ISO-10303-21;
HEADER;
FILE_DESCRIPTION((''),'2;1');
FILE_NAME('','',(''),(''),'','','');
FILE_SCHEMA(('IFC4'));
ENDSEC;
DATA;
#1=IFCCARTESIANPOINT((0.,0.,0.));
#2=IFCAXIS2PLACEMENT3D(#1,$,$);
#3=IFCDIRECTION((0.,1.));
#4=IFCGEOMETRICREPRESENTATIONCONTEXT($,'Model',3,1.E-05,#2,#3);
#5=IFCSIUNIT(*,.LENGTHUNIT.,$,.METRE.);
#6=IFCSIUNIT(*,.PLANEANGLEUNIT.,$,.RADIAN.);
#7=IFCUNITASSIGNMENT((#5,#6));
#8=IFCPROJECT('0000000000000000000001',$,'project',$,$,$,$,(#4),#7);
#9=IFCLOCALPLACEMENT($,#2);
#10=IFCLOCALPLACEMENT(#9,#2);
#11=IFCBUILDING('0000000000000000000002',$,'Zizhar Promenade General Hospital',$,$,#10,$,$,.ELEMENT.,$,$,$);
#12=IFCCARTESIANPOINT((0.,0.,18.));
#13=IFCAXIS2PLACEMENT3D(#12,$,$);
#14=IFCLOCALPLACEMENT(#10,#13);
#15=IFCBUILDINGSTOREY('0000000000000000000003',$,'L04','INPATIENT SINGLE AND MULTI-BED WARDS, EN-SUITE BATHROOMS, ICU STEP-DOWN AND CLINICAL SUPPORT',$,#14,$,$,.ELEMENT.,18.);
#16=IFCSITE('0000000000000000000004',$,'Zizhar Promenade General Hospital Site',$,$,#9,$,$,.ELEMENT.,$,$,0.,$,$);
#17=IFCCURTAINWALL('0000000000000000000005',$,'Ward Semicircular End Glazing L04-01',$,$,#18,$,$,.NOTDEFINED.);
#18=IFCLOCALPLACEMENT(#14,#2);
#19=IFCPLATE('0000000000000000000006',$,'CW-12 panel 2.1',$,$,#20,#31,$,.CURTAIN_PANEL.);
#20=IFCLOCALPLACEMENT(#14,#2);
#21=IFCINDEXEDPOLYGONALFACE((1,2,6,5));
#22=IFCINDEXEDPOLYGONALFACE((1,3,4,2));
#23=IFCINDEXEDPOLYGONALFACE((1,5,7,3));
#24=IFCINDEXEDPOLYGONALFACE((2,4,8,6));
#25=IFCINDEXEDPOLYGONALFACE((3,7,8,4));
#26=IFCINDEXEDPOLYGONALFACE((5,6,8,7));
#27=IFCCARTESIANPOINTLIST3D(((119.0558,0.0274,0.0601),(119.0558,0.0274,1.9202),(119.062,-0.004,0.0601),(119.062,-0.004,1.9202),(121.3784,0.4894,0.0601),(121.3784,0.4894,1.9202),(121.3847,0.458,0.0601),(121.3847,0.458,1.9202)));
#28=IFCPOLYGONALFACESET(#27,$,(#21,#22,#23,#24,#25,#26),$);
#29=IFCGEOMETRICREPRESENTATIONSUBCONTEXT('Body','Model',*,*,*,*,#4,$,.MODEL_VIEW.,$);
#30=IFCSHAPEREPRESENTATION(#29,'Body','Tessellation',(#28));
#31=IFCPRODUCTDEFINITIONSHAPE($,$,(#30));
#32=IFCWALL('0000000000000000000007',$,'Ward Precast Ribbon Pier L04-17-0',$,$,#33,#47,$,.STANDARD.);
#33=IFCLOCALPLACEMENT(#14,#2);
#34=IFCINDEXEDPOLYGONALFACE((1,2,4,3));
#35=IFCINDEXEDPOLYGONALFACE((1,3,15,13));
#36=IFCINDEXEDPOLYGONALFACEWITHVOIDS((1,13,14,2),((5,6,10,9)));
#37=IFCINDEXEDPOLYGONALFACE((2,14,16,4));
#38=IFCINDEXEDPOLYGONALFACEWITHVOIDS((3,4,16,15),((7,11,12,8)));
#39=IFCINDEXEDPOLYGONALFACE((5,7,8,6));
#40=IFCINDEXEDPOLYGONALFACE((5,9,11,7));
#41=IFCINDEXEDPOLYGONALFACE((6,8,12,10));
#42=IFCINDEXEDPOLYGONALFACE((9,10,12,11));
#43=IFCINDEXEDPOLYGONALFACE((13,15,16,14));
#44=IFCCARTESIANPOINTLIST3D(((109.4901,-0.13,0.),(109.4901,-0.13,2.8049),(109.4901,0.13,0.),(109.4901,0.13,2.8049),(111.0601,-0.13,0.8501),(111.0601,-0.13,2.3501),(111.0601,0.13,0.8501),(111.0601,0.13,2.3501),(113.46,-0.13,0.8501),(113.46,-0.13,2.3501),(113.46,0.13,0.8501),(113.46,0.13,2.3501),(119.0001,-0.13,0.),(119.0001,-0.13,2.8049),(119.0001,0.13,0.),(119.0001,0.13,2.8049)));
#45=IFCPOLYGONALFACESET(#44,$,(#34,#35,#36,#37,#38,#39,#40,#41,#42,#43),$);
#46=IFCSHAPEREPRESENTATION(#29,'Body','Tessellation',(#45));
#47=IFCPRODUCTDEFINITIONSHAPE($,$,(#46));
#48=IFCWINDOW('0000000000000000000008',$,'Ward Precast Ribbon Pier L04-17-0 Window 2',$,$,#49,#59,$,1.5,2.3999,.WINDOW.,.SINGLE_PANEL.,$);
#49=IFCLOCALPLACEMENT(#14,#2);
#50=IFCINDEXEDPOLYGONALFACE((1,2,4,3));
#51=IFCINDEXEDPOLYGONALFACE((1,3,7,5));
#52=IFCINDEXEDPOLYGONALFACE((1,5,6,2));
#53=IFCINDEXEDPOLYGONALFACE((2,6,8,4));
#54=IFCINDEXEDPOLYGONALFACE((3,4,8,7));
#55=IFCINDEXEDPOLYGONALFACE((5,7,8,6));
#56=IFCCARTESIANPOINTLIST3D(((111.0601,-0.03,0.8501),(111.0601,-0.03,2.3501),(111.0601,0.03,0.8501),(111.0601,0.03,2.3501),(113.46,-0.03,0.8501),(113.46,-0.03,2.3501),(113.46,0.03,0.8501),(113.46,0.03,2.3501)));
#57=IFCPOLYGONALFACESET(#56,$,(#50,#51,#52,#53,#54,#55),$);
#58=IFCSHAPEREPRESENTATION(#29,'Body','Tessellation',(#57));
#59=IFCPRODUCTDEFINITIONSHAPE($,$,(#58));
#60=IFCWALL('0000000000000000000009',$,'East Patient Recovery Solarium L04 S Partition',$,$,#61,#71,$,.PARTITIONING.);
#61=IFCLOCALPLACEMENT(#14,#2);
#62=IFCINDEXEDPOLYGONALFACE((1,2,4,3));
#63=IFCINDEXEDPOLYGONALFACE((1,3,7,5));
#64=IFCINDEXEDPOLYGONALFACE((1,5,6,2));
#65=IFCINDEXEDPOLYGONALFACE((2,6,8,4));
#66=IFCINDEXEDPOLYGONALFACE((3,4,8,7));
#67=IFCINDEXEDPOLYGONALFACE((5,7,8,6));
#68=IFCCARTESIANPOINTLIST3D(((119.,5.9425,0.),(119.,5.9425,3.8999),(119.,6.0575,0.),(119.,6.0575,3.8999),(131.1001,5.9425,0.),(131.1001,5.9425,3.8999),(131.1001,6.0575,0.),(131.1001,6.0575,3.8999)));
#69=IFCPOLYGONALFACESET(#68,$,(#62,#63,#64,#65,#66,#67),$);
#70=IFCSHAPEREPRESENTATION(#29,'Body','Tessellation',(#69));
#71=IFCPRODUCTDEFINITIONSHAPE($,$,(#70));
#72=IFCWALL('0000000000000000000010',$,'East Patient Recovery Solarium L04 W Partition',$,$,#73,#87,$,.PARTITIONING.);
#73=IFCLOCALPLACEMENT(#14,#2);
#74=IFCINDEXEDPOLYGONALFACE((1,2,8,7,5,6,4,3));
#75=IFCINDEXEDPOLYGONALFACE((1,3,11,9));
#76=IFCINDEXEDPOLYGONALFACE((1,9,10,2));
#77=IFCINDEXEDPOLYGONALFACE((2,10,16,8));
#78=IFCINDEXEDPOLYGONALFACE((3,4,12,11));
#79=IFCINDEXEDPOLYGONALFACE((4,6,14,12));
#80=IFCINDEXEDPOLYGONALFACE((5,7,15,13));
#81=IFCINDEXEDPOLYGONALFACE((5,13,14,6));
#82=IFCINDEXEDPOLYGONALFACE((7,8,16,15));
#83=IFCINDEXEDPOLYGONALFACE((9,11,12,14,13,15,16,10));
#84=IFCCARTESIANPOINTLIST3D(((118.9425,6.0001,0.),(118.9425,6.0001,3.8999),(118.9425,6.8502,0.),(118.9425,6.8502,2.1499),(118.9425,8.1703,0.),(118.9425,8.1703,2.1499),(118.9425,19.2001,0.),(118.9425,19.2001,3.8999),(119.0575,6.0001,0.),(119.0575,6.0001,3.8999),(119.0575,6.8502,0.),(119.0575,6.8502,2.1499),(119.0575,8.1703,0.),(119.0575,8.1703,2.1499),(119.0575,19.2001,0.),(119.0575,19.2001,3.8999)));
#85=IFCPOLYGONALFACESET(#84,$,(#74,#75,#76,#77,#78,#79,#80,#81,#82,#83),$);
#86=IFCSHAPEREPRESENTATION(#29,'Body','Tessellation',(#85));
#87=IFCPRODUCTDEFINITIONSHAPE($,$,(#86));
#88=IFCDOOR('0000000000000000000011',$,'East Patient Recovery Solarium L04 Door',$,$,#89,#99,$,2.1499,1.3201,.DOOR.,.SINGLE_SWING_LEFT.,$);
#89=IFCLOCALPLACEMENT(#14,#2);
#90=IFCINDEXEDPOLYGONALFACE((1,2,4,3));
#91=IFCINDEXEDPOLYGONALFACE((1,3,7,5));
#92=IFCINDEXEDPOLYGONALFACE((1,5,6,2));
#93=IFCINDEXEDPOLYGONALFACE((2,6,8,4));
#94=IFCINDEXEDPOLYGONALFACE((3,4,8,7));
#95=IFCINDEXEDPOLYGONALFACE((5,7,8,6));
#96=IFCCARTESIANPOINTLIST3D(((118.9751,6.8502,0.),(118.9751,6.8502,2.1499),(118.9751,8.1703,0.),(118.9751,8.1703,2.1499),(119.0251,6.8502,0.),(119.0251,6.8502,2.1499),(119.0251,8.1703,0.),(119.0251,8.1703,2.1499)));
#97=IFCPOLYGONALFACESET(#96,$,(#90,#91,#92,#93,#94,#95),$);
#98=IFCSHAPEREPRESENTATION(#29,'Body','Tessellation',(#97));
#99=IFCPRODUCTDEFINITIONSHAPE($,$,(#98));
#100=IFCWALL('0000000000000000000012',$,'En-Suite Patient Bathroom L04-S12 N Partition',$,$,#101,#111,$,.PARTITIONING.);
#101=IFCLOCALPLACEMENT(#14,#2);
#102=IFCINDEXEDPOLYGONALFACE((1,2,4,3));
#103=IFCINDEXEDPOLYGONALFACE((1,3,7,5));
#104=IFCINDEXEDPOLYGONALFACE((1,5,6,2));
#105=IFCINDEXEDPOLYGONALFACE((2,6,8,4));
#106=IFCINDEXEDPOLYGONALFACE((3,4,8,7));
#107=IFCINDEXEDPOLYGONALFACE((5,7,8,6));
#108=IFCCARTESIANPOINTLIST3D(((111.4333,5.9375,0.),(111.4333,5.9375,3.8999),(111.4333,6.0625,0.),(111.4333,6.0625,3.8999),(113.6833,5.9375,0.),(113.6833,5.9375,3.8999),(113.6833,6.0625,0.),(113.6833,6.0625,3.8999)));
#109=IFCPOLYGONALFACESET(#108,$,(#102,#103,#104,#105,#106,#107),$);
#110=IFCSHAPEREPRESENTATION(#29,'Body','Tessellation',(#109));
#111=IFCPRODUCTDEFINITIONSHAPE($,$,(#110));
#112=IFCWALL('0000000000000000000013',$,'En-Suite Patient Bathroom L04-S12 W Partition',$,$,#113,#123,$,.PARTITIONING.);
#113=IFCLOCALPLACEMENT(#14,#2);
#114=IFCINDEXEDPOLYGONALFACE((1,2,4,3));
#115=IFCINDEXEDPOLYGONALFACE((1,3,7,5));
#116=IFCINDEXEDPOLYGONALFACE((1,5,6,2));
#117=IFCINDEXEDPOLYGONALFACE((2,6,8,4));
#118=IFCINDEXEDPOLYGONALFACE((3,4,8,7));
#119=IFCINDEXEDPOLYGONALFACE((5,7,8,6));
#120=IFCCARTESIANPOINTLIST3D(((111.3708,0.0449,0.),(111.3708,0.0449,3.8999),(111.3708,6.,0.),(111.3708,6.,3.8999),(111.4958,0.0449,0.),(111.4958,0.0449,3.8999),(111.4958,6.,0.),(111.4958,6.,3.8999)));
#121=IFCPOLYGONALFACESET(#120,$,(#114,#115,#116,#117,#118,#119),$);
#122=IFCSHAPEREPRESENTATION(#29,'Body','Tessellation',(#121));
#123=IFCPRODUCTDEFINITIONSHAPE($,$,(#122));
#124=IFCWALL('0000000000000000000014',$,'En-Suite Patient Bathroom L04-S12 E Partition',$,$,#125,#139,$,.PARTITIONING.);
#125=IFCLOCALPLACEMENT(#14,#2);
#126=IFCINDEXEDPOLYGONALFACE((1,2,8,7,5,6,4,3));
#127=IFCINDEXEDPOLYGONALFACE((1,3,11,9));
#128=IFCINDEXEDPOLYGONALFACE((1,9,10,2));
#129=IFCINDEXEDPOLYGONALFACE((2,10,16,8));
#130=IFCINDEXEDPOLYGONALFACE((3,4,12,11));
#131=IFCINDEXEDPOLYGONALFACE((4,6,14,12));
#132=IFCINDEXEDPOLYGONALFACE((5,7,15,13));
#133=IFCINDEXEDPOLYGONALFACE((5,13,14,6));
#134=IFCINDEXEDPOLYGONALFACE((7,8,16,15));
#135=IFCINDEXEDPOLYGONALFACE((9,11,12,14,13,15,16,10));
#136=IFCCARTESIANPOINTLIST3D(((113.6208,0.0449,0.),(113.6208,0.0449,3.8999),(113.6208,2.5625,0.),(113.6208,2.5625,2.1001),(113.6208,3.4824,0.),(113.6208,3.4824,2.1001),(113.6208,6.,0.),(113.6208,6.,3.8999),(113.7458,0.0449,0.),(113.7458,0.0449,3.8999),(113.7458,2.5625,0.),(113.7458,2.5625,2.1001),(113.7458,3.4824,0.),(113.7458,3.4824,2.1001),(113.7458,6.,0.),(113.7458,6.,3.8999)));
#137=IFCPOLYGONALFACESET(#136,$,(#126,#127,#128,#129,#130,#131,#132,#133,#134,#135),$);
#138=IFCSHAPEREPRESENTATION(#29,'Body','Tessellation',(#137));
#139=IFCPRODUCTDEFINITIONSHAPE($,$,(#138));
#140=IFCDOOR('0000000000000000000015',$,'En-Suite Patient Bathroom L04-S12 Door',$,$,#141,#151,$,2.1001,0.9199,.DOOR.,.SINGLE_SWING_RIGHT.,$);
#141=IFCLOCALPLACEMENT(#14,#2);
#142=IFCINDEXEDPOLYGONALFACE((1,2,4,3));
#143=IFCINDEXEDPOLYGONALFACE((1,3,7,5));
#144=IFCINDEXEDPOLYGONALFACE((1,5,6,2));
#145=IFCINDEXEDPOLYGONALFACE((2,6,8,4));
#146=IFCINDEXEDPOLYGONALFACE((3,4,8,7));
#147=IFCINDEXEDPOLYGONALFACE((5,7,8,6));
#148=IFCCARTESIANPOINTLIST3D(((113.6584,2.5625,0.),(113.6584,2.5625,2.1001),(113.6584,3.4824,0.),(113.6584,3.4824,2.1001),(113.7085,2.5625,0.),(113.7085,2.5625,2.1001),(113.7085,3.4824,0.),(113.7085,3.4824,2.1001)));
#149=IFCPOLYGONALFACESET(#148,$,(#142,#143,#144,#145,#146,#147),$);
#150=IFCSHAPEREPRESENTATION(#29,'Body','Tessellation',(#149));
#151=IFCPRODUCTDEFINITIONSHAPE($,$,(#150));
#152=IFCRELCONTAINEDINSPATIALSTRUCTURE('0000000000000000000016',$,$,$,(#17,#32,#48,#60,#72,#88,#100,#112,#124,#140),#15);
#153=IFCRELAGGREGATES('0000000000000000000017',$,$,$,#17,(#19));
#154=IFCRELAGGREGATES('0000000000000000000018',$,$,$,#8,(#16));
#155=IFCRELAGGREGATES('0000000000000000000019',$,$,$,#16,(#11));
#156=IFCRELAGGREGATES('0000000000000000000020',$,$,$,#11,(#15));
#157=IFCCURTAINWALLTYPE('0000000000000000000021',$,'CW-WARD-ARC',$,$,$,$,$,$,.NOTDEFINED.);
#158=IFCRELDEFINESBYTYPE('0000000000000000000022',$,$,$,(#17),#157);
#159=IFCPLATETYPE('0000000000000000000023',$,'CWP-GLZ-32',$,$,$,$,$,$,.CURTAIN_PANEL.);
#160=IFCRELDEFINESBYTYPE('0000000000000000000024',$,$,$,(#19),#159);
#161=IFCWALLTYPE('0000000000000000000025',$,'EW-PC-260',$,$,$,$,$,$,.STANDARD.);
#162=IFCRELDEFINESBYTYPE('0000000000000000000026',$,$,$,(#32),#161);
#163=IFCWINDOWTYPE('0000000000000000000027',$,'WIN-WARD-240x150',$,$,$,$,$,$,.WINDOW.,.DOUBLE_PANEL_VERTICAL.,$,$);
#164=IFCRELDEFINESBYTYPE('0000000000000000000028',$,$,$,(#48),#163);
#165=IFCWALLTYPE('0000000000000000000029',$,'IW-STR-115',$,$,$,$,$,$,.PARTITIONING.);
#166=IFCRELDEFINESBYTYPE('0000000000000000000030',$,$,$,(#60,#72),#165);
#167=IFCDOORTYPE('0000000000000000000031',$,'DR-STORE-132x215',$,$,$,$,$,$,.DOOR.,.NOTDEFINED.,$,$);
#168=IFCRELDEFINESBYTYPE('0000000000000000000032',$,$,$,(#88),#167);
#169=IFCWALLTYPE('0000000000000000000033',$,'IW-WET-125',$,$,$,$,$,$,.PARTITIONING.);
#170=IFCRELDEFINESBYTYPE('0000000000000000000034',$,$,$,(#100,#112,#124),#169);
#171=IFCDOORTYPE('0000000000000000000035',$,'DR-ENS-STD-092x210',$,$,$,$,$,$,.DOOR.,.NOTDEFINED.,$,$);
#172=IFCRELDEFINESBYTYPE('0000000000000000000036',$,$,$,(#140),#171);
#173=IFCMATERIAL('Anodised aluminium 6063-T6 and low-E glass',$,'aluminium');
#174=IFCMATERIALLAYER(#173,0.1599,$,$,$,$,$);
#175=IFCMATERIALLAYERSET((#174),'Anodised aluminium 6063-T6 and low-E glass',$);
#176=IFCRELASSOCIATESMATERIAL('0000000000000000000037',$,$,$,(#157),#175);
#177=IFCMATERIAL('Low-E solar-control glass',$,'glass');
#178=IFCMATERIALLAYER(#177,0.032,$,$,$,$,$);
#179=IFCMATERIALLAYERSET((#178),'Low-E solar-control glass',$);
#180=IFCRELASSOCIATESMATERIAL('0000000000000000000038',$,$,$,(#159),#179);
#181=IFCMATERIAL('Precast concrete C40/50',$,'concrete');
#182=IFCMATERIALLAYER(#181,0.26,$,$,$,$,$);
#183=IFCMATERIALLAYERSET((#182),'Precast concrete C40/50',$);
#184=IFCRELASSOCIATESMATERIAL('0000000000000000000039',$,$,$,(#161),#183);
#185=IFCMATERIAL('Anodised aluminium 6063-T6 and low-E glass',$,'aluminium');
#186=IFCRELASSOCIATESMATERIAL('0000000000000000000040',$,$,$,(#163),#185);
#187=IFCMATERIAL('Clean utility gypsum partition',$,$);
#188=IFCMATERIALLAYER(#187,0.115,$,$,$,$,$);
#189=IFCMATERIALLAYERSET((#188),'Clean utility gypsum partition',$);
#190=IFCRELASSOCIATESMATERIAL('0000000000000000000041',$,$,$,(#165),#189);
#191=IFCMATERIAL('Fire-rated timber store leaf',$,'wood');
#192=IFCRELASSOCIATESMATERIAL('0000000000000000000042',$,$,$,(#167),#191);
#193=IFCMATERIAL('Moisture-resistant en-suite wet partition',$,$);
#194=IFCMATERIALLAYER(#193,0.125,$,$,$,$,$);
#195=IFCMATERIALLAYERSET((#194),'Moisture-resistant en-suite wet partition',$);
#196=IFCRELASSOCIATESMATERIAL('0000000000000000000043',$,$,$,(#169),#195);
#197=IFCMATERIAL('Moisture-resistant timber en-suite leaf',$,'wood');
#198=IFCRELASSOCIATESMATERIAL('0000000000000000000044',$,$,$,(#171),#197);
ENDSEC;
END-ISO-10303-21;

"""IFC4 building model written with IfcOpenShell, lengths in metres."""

from ifc_helpers import new_model, si_unit, direction, frame, frame_2d, origin, origin_2d, place, context, subcontext, project, spatial, rectangle, extrude, material, layer, layer_set, type_object, element, fill, aggregate, save


model = new_model("IFC4")

# Units and contexts
model_context = context("Model", 3, precision=1e-05, world=origin(), true_north=direction((0.0, 1.0)))
body_context = subcontext(model_context, "Body", "Model", "MODEL_VIEW")
ifc_project = project(units=[si_unit("LENGTHUNIT", "METRE"), si_unit("PLANEANGLEUNIT", "RADIAN")], contexts=[model_context])

# Site, building, storey
site_placement = place(None, origin())
site = spatial("IfcSite", under=ifc_project, at=site_placement, Name="Zizhar Promenade General Hospital Site", CompositionType="ELEMENT", RefElevation=0.0)
building_placement = place(site_placement, origin())
building = spatial("IfcBuilding", under=site, at=building_placement, Name="Zizhar Promenade General Hospital", CompositionType="ELEMENT")
storey_placement = place(building_placement, frame((0.0, 0.0, 18.0)))
storey = spatial("IfcBuildingStorey", under=building, at=storey_placement, Name="L04", Description="INPATIENT SINGLE AND MULTI-BED WARDS, EN-SUITE BATHROOMS, ICU STEP-DOWN AND CLINICAL SUPPORT", CompositionType="ELEMENT", Elevation=18.0)

# Curtain wall, plate
ifc_material_1 = material(Name="Anodised aluminium 6063-T6 and low-E glass", Category="aluminium")
ifc_layer_1 = layer(ifc_material_1, 0.1599)
ifc_layer_set_1 = layer_set([ifc_layer_1], Name="Anodised aluminium 6063-T6 and low-E glass")
curtain_wall_type = type_object("IfcCurtainWallType", Name="CW-WARD-ARC", PredefinedType="NOTDEFINED", material=ifc_layer_set_1)
curtain_wall_placement = place(storey_placement, origin())
curtain_wall = element("IfcCurtainWall", 1, at=curtain_wall_placement, inside=storey, type_object=curtain_wall_type, Name="Ward Semicircular End Glazing L04-01", PredefinedType="NOTDEFINED")
ifc_material_2 = material(Name="Low-E solar-control glass", Category="glass")
ifc_layer_2 = layer(ifc_material_2, 0.032)
ifc_layer_set_2 = layer_set([ifc_layer_2], Name="Low-E solar-control glass")
plate_type = type_object("IfcPlateType", Name="CWP-GLZ-32", PredefinedType="CURTAIN_PANEL", material=ifc_layer_set_2)
plate_placement = place(storey_placement, frame((120.2202, 0.2427, 0.0601), z_axis=(0.0, 0.0, 1.0), x_axis=(-0.980786, -0.195087, 0.0)))
plate = element("IfcPlate", 2, at=plate_placement, type_object=plate_type, Name="CW-12 panel 2.1", PredefinedType="CURTAIN_PANEL", context=body_context, shape_type="SweptSolid", body=[
    extrude(rectangle(XDim=2.3682, YDim=0.032, at=origin_2d()), origin(), (0.0, 0.0, 1.0), 1.8601),
])
aggregate(curtain_wall, [plate])

# Wall, opening, window
ifc_material_3 = material(Name="Precast concrete C40/50", Category="concrete")
ifc_layer_3 = layer(ifc_material_3, 0.26)
ifc_layer_set_3 = layer_set([ifc_layer_3], Name="Precast concrete C40/50")
wall_type_1 = type_object("IfcWallType", Name="EW-PC-260", PredefinedType="STANDARD", material=ifc_layer_set_3)
wall_1_placement = place(storey_placement, frame((119.0, 0.0, 0.0), z_axis=(0.0, 0.0, 1.0), x_axis=(-1.0, 0.0, 0.0)))
wall_1 = element("IfcWall", 3, at=wall_1_placement, inside=storey, type_object=wall_type_1, Name="Ward Precast Ribbon Pier L04-17-0", PredefinedType="STANDARD", context=body_context, shape_type="SweptSolid", body=[
    extrude(rectangle(XDim=9.51, YDim=0.26, at=frame_2d((4.7549, 0.0))), origin(), (0.0, 0.0, 1.0), 2.8049),
])
opening_1_placement = place(wall_1_placement, frame((5.54, 0.0, 0.8501)))
opening_1 = element("IfcOpeningElement", 4, at=opening_1_placement, cuts=wall_1, PredefinedType="OPENING", context=body_context, shape_type="SweptSolid", body=[
    extrude(rectangle(XDim=2.3999, YDim=1.5, at=frame_2d((1.2, 0.75))), frame((0.0, 0.1401, 0.0), z_axis=(0.0, -1.0, 0.0), x_axis=(1.0, 0.0, 0.0)), (0.0, 0.0, 1.0), 0.28),
])
ifc_material_4 = material(Name="Anodised aluminium 6063-T6 and low-E glass", Category="aluminium")
window_type = type_object("IfcWindowType", Name="WIN-WARD-240x150", PartitioningType="DOUBLE_PANEL_VERTICAL", PredefinedType="WINDOW", material=ifc_material_4)
window_placement = place(opening_1_placement, origin())
window = element("IfcWindow", 5, at=window_placement, inside=storey, type_object=window_type, Name="Ward Precast Ribbon Pier L04-17-0 Window 2", OverallHeight=1.5, OverallWidth=2.3999, PartitioningType="SINGLE_PANEL", PredefinedType="WINDOW", context=body_context, shape_type="SweptSolid", body=[
    extrude(rectangle(XDim=2.3999, YDim=1.5, at=frame_2d((1.2, 0.75))), frame((0.0, 0.03, 0.0), z_axis=(0.0, -1.0, 0.0), x_axis=(1.0, 0.0, 0.0)), (0.0, 0.0, 1.0), 0.0601),
])
fill(opening_1, window)

# Wall
ifc_material_5 = material(Name="Clean utility gypsum partition")
ifc_layer_4 = layer(ifc_material_5, 0.115)
ifc_layer_set_4 = layer_set([ifc_layer_4], Name="Clean utility gypsum partition")
wall_type_2 = type_object("IfcWallType", Name="IW-STR-115", PredefinedType="PARTITIONING", material=ifc_layer_set_4)
wall_2_placement = place(storey_placement, frame((119.0, 6.0, 0.0), z_axis=(0.0, 0.0, 1.0), x_axis=(1.0, 0.0, 0.0)))
element("IfcWall", 6, at=wall_2_placement, inside=storey, type_object=wall_type_2, Name="East Patient Recovery Solarium L04 S Partition", PredefinedType="PARTITIONING", context=body_context, shape_type="SweptSolid", body=[
    extrude(rectangle(XDim=12.1001, YDim=0.115, at=frame_2d((6.05, 0.0))), origin(), (0.0, 0.0, 1.0), 3.8999),
])

# Wall, opening, door
wall_3_placement = place(storey_placement, frame((119.0, 6.0, 0.0), z_axis=(0.0, 0.0, 1.0), x_axis=(0.0, 1.0, 0.0)))
wall_3 = element("IfcWall", 7, at=wall_3_placement, inside=storey, type_object=wall_type_2, Name="East Patient Recovery Solarium L04 W Partition", PredefinedType="PARTITIONING", context=body_context, shape_type="SweptSolid", body=[
    extrude(rectangle(XDim=13.2, YDim=0.115, at=frame_2d((6.6001, 0.0))), origin(), (0.0, 0.0, 1.0), 3.8999),
])
opening_2_placement = place(wall_3_placement, frame((0.8501, 0.0, 0.0)))
opening_2 = element("IfcOpeningElement", 8, at=opening_2_placement, cuts=wall_3, PredefinedType="OPENING", context=body_context, shape_type="SweptSolid", body=[
    extrude(rectangle(XDim=1.3201, YDim=2.1499, at=frame_2d((0.6602, 1.075))), frame((0.0, 0.0674, 0.0), z_axis=(0.0, -1.0, 0.0), x_axis=(1.0, 0.0, 0.0)), (0.0, 0.0, 1.0), 0.135),
])
ifc_material_6 = material(Name="Fire-rated timber store leaf", Category="wood")
door_type_1 = type_object("IfcDoorType", Name="DR-STORE-132x215", OperationType="NOTDEFINED", PredefinedType="DOOR", material=ifc_material_6)
door_1_placement = place(opening_2_placement, origin())
door_1 = element("IfcDoor", 9, at=door_1_placement, inside=storey, type_object=door_type_1, Name="East Patient Recovery Solarium L04 Door", OperationType="SINGLE_SWING_LEFT", OverallHeight=2.1499, OverallWidth=1.3201, PredefinedType="DOOR", context=body_context, shape_type="SweptSolid", body=[
    extrude(rectangle(XDim=1.3201, YDim=2.1499, at=frame_2d((0.6602, 1.075))), frame((0.0, 0.0249, 0.0), z_axis=(0.0, -1.0, 0.0), x_axis=(1.0, 0.0, 0.0)), (0.0, 0.0, 1.0), 0.05),
])
fill(opening_2, door_1)

# Walls
ifc_material_7 = material(Name="Moisture-resistant en-suite wet partition")
ifc_layer_5 = layer(ifc_material_7, 0.125)
ifc_layer_set_5 = layer_set([ifc_layer_5], Name="Moisture-resistant en-suite wet partition")
wall_type_3 = type_object("IfcWallType", Name="IW-WET-125", PredefinedType="PARTITIONING", material=ifc_layer_set_5)
wall_4_placement = place(storey_placement, frame((111.4333, 6.0, 0.0), z_axis=(0.0, 0.0, 1.0), x_axis=(1.0, 0.0, 0.0)))
element("IfcWall", 10, at=wall_4_placement, inside=storey, type_object=wall_type_3, Name="En-Suite Patient Bathroom L04-S12 N Partition", PredefinedType="PARTITIONING", context=body_context, shape_type="SweptSolid", body=[
    extrude(rectangle(XDim=2.25, YDim=0.125, at=frame_2d((1.125, 0.0))), origin(), (0.0, 0.0, 1.0), 3.8999),
])
wall_5_placement = place(storey_placement, frame((111.4333, 0.0449, 0.0), z_axis=(0.0, 0.0, 1.0), x_axis=(0.0, 1.0, 0.0)))
element("IfcWall", 11, at=wall_5_placement, inside=storey, type_object=wall_type_3, Name="En-Suite Patient Bathroom L04-S12 W Partition", PredefinedType="PARTITIONING", context=body_context, shape_type="SweptSolid", body=[
    extrude(rectangle(XDim=5.9551, YDim=0.125, at=frame_2d((2.9775, 0.0))), origin(), (0.0, 0.0, 1.0), 3.8999),
])

# Wall, opening, door
wall_6_placement = place(storey_placement, frame((113.6833, 0.0449, 0.0), z_axis=(0.0, 0.0, 1.0), x_axis=(0.0, 1.0, 0.0)))
wall_6 = element("IfcWall", 12, at=wall_6_placement, inside=storey, type_object=wall_type_3, Name="En-Suite Patient Bathroom L04-S12 E Partition", PredefinedType="PARTITIONING", context=body_context, shape_type="SweptSolid", body=[
    extrude(rectangle(XDim=5.9551, YDim=0.125, at=frame_2d((2.9775, 0.0))), origin(), (0.0, 0.0, 1.0), 3.8999),
])
opening_3_placement = place(wall_6_placement, frame((2.5176, 0.0, 0.0)))
opening_3 = element("IfcOpeningElement", 13, at=opening_3_placement, cuts=wall_6, PredefinedType="OPENING", context=body_context, shape_type="SweptSolid", body=[
    extrude(rectangle(XDim=0.9199, YDim=2.1001, at=frame_2d((0.46, 1.05))), frame((0.0, 0.0725, 0.0), z_axis=(0.0, -1.0, 0.0), x_axis=(1.0, 0.0, 0.0)), (0.0, 0.0, 1.0), 0.145),
])
ifc_material_8 = material(Name="Moisture-resistant timber en-suite leaf", Category="wood")
door_type_2 = type_object("IfcDoorType", Name="DR-ENS-STD-092x210", OperationType="NOTDEFINED", PredefinedType="DOOR", material=ifc_material_8)
door_2_placement = place(opening_3_placement, origin())
door_2 = element("IfcDoor", 14, at=door_2_placement, inside=storey, type_object=door_type_2, Name="En-Suite Patient Bathroom L04-S12 Door", OperationType="SINGLE_SWING_RIGHT", OverallHeight=2.1001, OverallWidth=0.9199, PredefinedType="DOOR", context=body_context, shape_type="SweptSolid", body=[
    extrude(rectangle(XDim=0.9199, YDim=2.1001, at=frame_2d((0.46, 1.05))), frame((0.0, 0.0249, 0.0), z_axis=(0.0, -1.0, 0.0), x_axis=(1.0, 0.0, 0.0)), (0.0, 0.0, 1.0), 0.05),
])
fill(opening_3, door_2)

save(model, "model.ifc")
